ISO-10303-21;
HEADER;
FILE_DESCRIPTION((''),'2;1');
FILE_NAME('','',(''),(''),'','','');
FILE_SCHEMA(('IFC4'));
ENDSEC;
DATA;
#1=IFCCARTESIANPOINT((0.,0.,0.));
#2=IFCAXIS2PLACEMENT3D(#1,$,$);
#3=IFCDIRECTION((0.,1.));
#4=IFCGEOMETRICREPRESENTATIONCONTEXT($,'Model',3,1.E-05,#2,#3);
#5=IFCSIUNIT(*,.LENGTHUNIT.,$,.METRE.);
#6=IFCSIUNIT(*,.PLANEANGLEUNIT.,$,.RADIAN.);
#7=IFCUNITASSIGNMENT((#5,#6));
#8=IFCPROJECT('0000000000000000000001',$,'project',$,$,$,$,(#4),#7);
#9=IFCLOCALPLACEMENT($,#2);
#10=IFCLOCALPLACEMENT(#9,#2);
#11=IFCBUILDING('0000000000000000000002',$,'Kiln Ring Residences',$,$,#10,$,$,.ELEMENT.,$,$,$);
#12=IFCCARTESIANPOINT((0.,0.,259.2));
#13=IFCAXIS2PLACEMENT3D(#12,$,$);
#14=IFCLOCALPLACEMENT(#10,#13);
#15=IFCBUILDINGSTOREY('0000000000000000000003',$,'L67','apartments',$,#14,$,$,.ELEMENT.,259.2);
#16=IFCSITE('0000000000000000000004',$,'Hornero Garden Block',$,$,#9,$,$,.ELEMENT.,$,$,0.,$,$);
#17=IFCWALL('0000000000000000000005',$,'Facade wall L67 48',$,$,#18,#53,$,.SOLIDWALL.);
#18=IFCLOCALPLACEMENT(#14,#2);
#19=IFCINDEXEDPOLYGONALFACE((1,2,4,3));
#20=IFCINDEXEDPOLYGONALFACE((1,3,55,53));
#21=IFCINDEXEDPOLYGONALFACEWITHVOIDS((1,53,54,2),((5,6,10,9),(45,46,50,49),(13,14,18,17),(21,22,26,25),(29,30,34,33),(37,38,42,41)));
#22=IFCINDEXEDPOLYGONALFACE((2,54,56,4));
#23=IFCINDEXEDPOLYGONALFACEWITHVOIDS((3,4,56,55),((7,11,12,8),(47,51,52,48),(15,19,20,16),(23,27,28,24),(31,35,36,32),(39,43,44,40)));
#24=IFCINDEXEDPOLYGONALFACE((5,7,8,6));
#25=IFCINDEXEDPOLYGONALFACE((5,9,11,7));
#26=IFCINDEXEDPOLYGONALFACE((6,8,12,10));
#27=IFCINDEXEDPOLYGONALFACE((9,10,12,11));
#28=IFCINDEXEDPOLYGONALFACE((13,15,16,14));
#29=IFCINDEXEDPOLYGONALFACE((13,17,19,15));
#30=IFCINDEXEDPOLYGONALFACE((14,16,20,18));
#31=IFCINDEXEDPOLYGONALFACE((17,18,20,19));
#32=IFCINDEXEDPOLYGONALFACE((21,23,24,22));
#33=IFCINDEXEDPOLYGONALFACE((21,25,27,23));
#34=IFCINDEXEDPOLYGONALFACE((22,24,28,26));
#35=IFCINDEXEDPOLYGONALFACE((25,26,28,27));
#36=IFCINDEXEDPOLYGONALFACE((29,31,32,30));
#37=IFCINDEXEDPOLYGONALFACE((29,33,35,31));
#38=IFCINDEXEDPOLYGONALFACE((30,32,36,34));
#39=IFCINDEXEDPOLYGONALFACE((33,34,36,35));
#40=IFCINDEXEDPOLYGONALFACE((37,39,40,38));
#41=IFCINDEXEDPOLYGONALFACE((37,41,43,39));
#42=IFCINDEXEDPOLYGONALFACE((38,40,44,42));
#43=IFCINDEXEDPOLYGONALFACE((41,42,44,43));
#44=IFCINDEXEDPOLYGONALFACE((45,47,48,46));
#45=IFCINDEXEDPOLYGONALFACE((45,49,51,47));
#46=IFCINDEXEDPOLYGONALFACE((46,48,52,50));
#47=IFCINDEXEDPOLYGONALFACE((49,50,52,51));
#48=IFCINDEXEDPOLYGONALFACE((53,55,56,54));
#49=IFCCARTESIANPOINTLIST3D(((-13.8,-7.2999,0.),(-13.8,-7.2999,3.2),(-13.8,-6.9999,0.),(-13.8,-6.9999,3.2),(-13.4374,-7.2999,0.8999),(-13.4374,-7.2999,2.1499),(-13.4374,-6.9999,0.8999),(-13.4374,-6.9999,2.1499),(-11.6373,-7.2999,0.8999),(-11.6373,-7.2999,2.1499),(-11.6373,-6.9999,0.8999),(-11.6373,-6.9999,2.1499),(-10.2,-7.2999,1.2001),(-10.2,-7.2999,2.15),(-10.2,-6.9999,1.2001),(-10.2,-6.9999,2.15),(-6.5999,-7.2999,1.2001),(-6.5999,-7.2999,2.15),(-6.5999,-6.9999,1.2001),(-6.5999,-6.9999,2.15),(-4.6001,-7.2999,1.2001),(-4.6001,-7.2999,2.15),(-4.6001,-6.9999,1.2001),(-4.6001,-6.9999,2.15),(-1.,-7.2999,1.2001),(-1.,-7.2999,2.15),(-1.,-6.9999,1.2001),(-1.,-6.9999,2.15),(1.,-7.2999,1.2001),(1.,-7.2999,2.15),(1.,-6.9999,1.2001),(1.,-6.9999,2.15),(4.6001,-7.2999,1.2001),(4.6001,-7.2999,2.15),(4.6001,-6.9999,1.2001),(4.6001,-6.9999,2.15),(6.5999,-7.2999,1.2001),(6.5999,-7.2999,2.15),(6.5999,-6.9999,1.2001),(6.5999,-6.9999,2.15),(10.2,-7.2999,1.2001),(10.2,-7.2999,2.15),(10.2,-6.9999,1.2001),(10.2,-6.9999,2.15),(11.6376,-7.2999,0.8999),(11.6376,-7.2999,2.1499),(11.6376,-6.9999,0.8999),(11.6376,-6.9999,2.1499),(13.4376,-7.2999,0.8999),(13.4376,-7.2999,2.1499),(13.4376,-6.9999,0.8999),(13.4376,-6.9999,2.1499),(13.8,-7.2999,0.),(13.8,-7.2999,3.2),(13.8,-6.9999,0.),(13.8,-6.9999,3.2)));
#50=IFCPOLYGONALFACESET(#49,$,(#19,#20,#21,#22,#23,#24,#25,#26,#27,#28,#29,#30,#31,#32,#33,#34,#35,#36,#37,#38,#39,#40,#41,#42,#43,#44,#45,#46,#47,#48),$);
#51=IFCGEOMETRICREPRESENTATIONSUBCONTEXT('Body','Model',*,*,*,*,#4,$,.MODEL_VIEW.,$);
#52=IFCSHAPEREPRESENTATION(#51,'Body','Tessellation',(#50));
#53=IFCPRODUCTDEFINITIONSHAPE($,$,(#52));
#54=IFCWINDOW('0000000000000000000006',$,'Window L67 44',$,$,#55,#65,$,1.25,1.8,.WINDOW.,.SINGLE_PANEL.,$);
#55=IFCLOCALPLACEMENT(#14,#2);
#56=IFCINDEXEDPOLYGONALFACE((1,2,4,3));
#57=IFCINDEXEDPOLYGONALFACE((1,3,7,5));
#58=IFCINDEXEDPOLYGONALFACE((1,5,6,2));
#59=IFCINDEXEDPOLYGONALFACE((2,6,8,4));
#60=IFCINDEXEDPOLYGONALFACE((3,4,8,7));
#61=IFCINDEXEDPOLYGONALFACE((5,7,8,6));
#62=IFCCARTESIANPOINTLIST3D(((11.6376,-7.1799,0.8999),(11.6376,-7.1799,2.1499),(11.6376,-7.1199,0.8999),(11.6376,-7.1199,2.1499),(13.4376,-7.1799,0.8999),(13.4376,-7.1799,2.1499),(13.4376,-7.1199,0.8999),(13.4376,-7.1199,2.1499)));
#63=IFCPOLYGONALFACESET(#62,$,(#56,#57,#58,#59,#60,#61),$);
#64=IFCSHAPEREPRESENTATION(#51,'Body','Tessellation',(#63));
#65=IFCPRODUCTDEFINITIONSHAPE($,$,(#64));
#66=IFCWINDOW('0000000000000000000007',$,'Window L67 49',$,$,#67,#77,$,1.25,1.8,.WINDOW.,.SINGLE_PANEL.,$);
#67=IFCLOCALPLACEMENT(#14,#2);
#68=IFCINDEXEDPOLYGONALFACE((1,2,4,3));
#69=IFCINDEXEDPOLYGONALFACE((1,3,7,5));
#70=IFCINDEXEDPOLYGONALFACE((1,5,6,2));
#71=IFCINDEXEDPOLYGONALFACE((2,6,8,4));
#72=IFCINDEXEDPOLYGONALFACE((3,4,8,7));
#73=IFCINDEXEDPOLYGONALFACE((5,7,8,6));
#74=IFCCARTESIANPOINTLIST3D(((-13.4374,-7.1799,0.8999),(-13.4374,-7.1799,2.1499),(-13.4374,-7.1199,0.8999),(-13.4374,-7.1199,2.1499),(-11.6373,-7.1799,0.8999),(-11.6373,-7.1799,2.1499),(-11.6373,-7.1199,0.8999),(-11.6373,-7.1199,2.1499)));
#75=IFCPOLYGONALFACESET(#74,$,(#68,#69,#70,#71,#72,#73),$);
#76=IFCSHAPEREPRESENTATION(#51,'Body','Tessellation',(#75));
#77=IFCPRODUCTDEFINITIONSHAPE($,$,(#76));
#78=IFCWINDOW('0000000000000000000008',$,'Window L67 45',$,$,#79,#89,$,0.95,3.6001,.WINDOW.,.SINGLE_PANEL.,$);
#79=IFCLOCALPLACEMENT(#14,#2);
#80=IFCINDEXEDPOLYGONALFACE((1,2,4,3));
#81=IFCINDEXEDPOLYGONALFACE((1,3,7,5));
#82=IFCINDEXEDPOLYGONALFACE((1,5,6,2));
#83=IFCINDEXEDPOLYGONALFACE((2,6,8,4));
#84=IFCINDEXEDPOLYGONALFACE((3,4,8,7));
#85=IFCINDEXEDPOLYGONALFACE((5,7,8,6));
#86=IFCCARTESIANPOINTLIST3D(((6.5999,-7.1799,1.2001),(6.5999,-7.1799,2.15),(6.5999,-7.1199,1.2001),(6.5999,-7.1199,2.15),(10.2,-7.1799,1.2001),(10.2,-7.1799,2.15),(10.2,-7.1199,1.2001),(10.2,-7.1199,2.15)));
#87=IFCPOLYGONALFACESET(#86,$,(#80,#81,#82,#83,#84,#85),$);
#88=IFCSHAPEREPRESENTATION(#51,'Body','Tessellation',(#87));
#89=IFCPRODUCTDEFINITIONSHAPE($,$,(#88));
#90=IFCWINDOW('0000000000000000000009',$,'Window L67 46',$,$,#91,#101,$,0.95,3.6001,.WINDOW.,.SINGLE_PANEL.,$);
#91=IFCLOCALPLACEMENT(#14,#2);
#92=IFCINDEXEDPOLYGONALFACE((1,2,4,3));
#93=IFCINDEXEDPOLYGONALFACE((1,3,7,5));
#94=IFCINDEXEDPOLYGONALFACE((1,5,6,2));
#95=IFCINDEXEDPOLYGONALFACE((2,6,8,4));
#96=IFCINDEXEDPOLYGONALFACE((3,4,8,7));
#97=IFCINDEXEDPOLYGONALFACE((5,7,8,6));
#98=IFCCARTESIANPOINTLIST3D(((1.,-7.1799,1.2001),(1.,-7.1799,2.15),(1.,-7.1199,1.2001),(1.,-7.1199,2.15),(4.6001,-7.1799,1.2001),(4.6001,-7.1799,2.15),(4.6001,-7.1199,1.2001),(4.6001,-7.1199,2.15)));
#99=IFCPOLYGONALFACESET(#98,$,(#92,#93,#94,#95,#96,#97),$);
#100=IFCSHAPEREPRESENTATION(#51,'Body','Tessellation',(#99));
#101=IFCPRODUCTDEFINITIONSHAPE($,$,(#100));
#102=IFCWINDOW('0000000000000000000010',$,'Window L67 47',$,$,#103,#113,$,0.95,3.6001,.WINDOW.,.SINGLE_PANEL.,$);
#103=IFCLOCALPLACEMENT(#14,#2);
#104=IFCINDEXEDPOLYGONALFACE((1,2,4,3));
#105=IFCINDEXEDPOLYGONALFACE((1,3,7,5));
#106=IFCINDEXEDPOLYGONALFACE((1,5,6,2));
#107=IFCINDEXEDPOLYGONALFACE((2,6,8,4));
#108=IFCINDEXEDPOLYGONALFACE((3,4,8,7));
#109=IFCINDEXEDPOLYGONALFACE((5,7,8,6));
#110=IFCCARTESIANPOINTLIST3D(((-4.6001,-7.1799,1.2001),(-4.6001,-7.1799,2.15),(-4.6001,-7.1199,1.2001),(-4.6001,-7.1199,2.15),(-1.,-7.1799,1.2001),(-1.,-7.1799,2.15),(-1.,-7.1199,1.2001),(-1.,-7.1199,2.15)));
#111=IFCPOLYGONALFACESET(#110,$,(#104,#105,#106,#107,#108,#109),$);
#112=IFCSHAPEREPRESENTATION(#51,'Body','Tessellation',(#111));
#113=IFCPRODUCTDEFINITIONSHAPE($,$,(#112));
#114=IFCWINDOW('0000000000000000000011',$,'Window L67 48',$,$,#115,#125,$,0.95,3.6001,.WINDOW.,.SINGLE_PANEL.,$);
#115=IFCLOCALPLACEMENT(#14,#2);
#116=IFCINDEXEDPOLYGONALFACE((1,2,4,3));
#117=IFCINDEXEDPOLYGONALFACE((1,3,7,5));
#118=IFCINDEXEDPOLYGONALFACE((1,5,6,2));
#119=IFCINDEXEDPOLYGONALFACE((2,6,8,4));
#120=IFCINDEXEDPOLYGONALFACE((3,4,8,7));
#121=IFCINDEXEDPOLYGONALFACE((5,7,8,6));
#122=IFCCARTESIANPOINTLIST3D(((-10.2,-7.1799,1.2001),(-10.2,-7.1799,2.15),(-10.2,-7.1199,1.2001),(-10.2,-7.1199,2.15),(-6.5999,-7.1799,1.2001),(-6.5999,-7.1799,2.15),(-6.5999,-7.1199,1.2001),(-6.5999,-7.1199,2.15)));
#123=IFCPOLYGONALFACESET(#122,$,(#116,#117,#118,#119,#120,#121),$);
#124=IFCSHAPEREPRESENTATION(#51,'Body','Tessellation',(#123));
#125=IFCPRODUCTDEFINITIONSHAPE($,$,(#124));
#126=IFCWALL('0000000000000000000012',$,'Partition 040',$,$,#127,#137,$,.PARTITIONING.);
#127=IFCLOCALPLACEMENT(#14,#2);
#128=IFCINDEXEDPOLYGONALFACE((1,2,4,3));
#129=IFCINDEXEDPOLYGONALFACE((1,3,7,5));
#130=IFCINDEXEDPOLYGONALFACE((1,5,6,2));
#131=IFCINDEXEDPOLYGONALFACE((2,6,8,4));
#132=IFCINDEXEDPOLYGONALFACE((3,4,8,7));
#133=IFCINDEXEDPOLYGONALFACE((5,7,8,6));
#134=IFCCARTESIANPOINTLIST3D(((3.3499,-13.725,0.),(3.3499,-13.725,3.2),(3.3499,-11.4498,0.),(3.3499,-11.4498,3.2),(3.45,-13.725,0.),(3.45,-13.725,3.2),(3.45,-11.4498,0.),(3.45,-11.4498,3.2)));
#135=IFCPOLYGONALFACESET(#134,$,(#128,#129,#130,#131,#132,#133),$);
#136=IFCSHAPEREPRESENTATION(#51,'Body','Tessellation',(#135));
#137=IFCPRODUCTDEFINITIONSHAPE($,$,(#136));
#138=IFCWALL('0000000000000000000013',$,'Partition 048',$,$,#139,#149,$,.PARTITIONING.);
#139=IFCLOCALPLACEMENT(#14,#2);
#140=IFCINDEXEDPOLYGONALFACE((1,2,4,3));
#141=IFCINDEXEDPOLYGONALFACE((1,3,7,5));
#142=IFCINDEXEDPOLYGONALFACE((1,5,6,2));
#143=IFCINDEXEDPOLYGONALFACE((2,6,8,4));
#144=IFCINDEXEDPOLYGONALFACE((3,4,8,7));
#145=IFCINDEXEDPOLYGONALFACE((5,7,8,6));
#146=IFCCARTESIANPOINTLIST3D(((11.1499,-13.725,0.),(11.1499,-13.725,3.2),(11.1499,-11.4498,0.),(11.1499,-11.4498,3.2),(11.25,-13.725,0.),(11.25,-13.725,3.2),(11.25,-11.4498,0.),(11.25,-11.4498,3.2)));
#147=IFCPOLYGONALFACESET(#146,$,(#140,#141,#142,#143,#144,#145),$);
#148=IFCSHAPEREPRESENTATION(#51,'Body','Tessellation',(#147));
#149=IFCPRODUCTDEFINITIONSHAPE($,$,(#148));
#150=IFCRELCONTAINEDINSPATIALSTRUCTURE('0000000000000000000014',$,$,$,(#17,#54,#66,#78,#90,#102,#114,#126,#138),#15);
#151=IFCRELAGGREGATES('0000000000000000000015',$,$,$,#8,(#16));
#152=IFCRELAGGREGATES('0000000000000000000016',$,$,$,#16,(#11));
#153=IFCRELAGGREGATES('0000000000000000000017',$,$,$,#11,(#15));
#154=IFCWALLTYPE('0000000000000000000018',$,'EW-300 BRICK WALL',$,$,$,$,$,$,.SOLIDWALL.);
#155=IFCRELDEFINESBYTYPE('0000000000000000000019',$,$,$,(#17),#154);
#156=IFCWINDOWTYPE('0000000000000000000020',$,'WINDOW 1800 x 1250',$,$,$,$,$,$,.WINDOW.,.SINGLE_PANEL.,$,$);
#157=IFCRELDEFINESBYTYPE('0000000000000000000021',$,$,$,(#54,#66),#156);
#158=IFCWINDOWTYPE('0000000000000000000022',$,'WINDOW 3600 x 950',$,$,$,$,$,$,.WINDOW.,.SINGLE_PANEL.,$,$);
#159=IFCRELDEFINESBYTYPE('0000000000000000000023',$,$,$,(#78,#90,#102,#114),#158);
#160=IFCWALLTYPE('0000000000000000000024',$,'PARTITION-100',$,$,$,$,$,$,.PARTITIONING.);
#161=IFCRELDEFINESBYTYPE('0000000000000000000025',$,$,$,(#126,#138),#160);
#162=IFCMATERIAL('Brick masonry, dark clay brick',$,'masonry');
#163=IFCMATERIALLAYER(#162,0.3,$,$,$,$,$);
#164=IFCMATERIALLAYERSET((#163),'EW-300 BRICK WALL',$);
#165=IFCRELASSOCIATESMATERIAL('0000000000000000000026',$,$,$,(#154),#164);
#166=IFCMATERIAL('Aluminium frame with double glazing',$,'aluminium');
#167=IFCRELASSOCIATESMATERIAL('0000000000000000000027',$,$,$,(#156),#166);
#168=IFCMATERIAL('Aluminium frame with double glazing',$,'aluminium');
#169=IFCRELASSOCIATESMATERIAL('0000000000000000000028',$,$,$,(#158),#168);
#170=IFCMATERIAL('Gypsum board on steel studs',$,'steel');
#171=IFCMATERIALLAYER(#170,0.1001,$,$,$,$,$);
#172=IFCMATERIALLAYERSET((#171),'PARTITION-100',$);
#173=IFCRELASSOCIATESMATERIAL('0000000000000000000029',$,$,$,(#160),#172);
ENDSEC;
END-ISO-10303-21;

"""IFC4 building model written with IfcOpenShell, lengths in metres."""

from ifc_helpers import new_model, si_unit, direction, frame, frame_2d, origin, place, context, subcontext, project, spatial, rectangle, extrude, material, layer, layer_set, type_object, element, fill, save


model = new_model("IFC4")

# Units and contexts
model_context = context("Model", 3, precision=1e-05, world=origin(), true_north=direction((0.0, 1.0)))
body_context = subcontext(model_context, "Body", "Model", "MODEL_VIEW")
ifc_project = project(units=[si_unit("LENGTHUNIT", "METRE"), si_unit("PLANEANGLEUNIT", "RADIAN")], contexts=[model_context])

# Site, building, storey
site_placement = place(None, origin())
site = spatial("IfcSite", under=ifc_project, at=site_placement, Name="Hornero Garden Block", CompositionType="ELEMENT", RefElevation=0.0)
building_placement = place(site_placement, origin())
building = spatial("IfcBuilding", under=site, at=building_placement, Name="Kiln Ring Residences", CompositionType="ELEMENT")
storey_placement = place(building_placement, frame((0.0, 0.0, 259.2)))
storey = spatial("IfcBuildingStorey", under=building, at=storey_placement, Name="L67", Description="apartments", CompositionType="ELEMENT", Elevation=259.2)

# Wall, openings, windows
ifc_material_1 = material(Name="Brick masonry, dark clay brick", Category="masonry")
ifc_layer_1 = layer(ifc_material_1, 0.3)
ifc_layer_set_1 = layer_set([ifc_layer_1], Name="EW-300 BRICK WALL")
wall_type_1 = type_object("IfcWallType", Name="EW-300 BRICK WALL", PredefinedType="SOLIDWALL", material=ifc_layer_set_1)
wall_1_placement = place(storey_placement, frame((13.8, -7.1499, 0.0), z_axis=(0.0, 0.0, 1.0), x_axis=(-1.0, 0.0, 0.0)))
wall_1 = element("IfcWall", 1, at=wall_1_placement, inside=storey, type_object=wall_type_1, Name="Facade wall L67 48", PredefinedType="SOLIDWALL", context=body_context, shape_type="SweptSolid", body=[
    extrude(rectangle(XDim=27.6001, YDim=0.3, at=frame_2d((13.8, 0.0))), origin(), (0.0, 0.0, 1.0), 3.2),
])
opening_1_placement = place(wall_1_placement, frame((0.3625, 0.0, 0.8999)))
opening_1 = element("IfcOpeningElement", 2, at=opening_1_placement, cuts=wall_1, PredefinedType="OPENING", context=body_context, shape_type="SweptSolid", body=[
    extrude(rectangle(XDim=1.8, YDim=1.25, at=frame_2d((0.8999, 0.625))), frame((0.0, 0.1599, 0.0), z_axis=(0.0, -1.0, 0.0), x_axis=(1.0, 0.0, 0.0)), (0.0, 0.0, 1.0), 0.3201),
])
opening_2_placement = place(wall_1_placement, frame((3.6001, 0.0, 1.2)))
opening_2 = element("IfcOpeningElement", 3, at=opening_2_placement, cuts=wall_1, PredefinedType="OPENING", context=body_context, shape_type="SweptSolid", body=[
    extrude(rectangle(XDim=3.6001, YDim=0.95, at=frame_2d((1.8, 0.4751))), frame((0.0, 0.1599, 0.0), z_axis=(0.0, -1.0, 0.0), x_axis=(1.0, 0.0, 0.0)), (0.0, 0.0, 1.0), 0.3201),
])
opening_3_placement = place(wall_1_placement, frame((9.2, 0.0, 1.2)))
opening_3 = element("IfcOpeningElement", 4, at=opening_3_placement, cuts=wall_1, PredefinedType="OPENING", context=body_context, shape_type="SweptSolid", body=[
    extrude(rectangle(XDim=3.6001, YDim=0.95, at=frame_2d((1.8, 0.4751))), frame((0.0, 0.1599, 0.0), z_axis=(0.0, -1.0, 0.0), x_axis=(1.0, 0.0, 0.0)), (0.0, 0.0, 1.0), 0.3201),
])
opening_4_placement = place(wall_1_placement, frame((14.8, 0.0, 1.2)))
opening_4 = element("IfcOpeningElement", 5, at=opening_4_placement, cuts=wall_1, PredefinedType="OPENING", context=body_context, shape_type="SweptSolid", body=[
    extrude(rectangle(XDim=3.6001, YDim=0.95, at=frame_2d((1.8, 0.4751))), frame((0.0, 0.1599, 0.0), z_axis=(0.0, -1.0, 0.0), x_axis=(1.0, 0.0, 0.0)), (0.0, 0.0, 1.0), 0.3201),
])
opening_5_placement = place(wall_1_placement, frame((20.3999, 0.0, 1.2)))
opening_5 = element("IfcOpeningElement", 6, at=opening_5_placement, cuts=wall_1, PredefinedType="OPENING", context=body_context, shape_type="SweptSolid", body=[
    extrude(rectangle(XDim=3.6001, YDim=0.95, at=frame_2d((1.8, 0.4751))), frame((0.0, 0.1599, 0.0), z_axis=(0.0, -1.0, 0.0), x_axis=(1.0, 0.0, 0.0)), (0.0, 0.0, 1.0), 0.3201),
])
opening_6_placement = place(wall_1_placement, frame((25.4375, 0.0, 0.8999)))
opening_6 = element("IfcOpeningElement", 7, at=opening_6_placement, cuts=wall_1, PredefinedType="OPENING", context=body_context, shape_type="SweptSolid", body=[
    extrude(rectangle(XDim=1.8, YDim=1.25, at=frame_2d((0.8999, 0.625))), frame((0.0, 0.1599, 0.0), z_axis=(0.0, -1.0, 0.0), x_axis=(1.0, 0.0, 0.0)), (0.0, 0.0, 1.0), 0.3201),
])
ifc_material_2 = material(Name="Aluminium frame with double glazing", Category="aluminium")
window_type_1 = type_object("IfcWindowType", Name="WINDOW 1800 x 1250", PartitioningType="SINGLE_PANEL", PredefinedType="WINDOW", material=ifc_material_2)
window_1_placement = place(opening_1_placement, origin())
window_1 = element("IfcWindow", 8, at=window_1_placement, inside=storey, type_object=window_type_1, Name="Window L67 44", OverallHeight=1.25, OverallWidth=1.8, PartitioningType="SINGLE_PANEL", PredefinedType="WINDOW", context=body_context, shape_type="SweptSolid", body=[
    extrude(rectangle(XDim=1.8, YDim=1.25, at=frame_2d((0.8999, 0.625))), frame((0.0, 0.03, 0.0), z_axis=(0.0, -1.0, 0.0), x_axis=(1.0, 0.0, 0.0)), (0.0, 0.0, 1.0), 0.0601),
])
fill(opening_1, window_1)
window_2_placement = place(opening_6_placement, origin())
window_2 = element("IfcWindow", 9, at=window_2_placement, inside=storey, type_object=window_type_1, Name="Window L67 49", OverallHeight=1.25, OverallWidth=1.8, PartitioningType="SINGLE_PANEL", PredefinedType="WINDOW", context=body_context, shape_type="SweptSolid", body=[
    extrude(rectangle(XDim=1.8, YDim=1.25, at=frame_2d((0.8999, 0.625))), frame((0.0, 0.03, 0.0), z_axis=(0.0, -1.0, 0.0), x_axis=(1.0, 0.0, 0.0)), (0.0, 0.0, 1.0), 0.0601),
])
fill(opening_6, window_2)
ifc_material_3 = material(Name="Aluminium frame with double glazing", Category="aluminium")
window_type_2 = type_object("IfcWindowType", Name="WINDOW 3600 x 950", PartitioningType="SINGLE_PANEL", PredefinedType="WINDOW", material=ifc_material_3)
window_3_placement = place(opening_2_placement, origin())
window_3 = element("IfcWindow", 10, at=window_3_placement, inside=storey, type_object=window_type_2, Name="Window L67 45", OverallHeight=0.95, OverallWidth=3.6001, PartitioningType="SINGLE_PANEL", PredefinedType="WINDOW", context=body_context, shape_type="SweptSolid", body=[
    extrude(rectangle(XDim=3.6001, YDim=0.95, at=frame_2d((1.8, 0.4751))), frame((0.0, 0.03, 0.0), z_axis=(0.0, -1.0, 0.0), x_axis=(1.0, 0.0, 0.0)), (0.0, 0.0, 1.0), 0.0601),
])
fill(opening_2, window_3)
window_4_placement = place(opening_3_placement, origin())
window_4 = element("IfcWindow", 11, at=window_4_placement, inside=storey, type_object=window_type_2, Name="Window L67 46", OverallHeight=0.95, OverallWidth=3.6001, PartitioningType="SINGLE_PANEL", PredefinedType="WINDOW", context=body_context, shape_type="SweptSolid", body=[
    extrude(rectangle(XDim=3.6001, YDim=0.95, at=frame_2d((1.8, 0.4751))), frame((0.0, 0.03, 0.0), z_axis=(0.0, -1.0, 0.0), x_axis=(1.0, 0.0, 0.0)), (0.0, 0.0, 1.0), 0.0601),
])
fill(opening_3, window_4)
window_5_placement = place(opening_4_placement, origin())
window_5 = element("IfcWindow", 12, at=window_5_placement, inside=storey, type_object=window_type_2, Name="Window L67 47", OverallHeight=0.95, OverallWidth=3.6001, PartitioningType="SINGLE_PANEL", PredefinedType="WINDOW", context=body_context, shape_type="SweptSolid", body=[
    extrude(rectangle(XDim=3.6001, YDim=0.95, at=frame_2d((1.8, 0.4751))), frame((0.0, 0.03, 0.0), z_axis=(0.0, -1.0, 0.0), x_axis=(1.0, 0.0, 0.0)), (0.0, 0.0, 1.0), 0.0601),
])
fill(opening_4, window_5)
window_6_placement = place(opening_5_placement, origin())
window_6 = element("IfcWindow", 13, at=window_6_placement, inside=storey, type_object=window_type_2, Name="Window L67 48", OverallHeight=0.95, OverallWidth=3.6001, PartitioningType="SINGLE_PANEL", PredefinedType="WINDOW", context=body_context, shape_type="SweptSolid", body=[
    extrude(rectangle(XDim=3.6001, YDim=0.95, at=frame_2d((1.8, 0.4751))), frame((0.0, 0.03, 0.0), z_axis=(0.0, -1.0, 0.0), x_axis=(1.0, 0.0, 0.0)), (0.0, 0.0, 1.0), 0.0601),
])
fill(opening_5, window_6)

# Walls
ifc_material_4 = material(Name="Gypsum board on steel studs", Category="steel")
ifc_layer_2 = layer(ifc_material_4, 0.1001)
ifc_layer_set_2 = layer_set([ifc_layer_2], Name="PARTITION-100")
wall_type_2 = type_object("IfcWallType", Name="PARTITION-100", PredefinedType="PARTITIONING", material=ifc_layer_set_2)
for number, where, z_axis, x_axis, name in (
    (14, (3.3999, -13.7251, 0.0), (0.0, 0.0, 1.0), (0.0, 1.0, 0.0), "Partition 040"),
    (15, (11.2, -13.7251, 0.0), (0.0, 0.0, 1.0), (0.0, 1.0, 0.0), "Partition 048"),
):
    element("IfcWall", number, at=place(storey_placement, frame(where, z_axis=z_axis, x_axis=x_axis)), inside=storey, type_object=wall_type_2, Name=name, PredefinedType="PARTITIONING", context=body_context, shape_type="SweptSolid", body=[
        extrude(rectangle(XDim=2.2751, YDim=0.1001, at=frame_2d((1.1377, 0.0))), origin(), (0.0, 0.0, 1.0), 3.2),
    ])

save(model, "model.ifc")
